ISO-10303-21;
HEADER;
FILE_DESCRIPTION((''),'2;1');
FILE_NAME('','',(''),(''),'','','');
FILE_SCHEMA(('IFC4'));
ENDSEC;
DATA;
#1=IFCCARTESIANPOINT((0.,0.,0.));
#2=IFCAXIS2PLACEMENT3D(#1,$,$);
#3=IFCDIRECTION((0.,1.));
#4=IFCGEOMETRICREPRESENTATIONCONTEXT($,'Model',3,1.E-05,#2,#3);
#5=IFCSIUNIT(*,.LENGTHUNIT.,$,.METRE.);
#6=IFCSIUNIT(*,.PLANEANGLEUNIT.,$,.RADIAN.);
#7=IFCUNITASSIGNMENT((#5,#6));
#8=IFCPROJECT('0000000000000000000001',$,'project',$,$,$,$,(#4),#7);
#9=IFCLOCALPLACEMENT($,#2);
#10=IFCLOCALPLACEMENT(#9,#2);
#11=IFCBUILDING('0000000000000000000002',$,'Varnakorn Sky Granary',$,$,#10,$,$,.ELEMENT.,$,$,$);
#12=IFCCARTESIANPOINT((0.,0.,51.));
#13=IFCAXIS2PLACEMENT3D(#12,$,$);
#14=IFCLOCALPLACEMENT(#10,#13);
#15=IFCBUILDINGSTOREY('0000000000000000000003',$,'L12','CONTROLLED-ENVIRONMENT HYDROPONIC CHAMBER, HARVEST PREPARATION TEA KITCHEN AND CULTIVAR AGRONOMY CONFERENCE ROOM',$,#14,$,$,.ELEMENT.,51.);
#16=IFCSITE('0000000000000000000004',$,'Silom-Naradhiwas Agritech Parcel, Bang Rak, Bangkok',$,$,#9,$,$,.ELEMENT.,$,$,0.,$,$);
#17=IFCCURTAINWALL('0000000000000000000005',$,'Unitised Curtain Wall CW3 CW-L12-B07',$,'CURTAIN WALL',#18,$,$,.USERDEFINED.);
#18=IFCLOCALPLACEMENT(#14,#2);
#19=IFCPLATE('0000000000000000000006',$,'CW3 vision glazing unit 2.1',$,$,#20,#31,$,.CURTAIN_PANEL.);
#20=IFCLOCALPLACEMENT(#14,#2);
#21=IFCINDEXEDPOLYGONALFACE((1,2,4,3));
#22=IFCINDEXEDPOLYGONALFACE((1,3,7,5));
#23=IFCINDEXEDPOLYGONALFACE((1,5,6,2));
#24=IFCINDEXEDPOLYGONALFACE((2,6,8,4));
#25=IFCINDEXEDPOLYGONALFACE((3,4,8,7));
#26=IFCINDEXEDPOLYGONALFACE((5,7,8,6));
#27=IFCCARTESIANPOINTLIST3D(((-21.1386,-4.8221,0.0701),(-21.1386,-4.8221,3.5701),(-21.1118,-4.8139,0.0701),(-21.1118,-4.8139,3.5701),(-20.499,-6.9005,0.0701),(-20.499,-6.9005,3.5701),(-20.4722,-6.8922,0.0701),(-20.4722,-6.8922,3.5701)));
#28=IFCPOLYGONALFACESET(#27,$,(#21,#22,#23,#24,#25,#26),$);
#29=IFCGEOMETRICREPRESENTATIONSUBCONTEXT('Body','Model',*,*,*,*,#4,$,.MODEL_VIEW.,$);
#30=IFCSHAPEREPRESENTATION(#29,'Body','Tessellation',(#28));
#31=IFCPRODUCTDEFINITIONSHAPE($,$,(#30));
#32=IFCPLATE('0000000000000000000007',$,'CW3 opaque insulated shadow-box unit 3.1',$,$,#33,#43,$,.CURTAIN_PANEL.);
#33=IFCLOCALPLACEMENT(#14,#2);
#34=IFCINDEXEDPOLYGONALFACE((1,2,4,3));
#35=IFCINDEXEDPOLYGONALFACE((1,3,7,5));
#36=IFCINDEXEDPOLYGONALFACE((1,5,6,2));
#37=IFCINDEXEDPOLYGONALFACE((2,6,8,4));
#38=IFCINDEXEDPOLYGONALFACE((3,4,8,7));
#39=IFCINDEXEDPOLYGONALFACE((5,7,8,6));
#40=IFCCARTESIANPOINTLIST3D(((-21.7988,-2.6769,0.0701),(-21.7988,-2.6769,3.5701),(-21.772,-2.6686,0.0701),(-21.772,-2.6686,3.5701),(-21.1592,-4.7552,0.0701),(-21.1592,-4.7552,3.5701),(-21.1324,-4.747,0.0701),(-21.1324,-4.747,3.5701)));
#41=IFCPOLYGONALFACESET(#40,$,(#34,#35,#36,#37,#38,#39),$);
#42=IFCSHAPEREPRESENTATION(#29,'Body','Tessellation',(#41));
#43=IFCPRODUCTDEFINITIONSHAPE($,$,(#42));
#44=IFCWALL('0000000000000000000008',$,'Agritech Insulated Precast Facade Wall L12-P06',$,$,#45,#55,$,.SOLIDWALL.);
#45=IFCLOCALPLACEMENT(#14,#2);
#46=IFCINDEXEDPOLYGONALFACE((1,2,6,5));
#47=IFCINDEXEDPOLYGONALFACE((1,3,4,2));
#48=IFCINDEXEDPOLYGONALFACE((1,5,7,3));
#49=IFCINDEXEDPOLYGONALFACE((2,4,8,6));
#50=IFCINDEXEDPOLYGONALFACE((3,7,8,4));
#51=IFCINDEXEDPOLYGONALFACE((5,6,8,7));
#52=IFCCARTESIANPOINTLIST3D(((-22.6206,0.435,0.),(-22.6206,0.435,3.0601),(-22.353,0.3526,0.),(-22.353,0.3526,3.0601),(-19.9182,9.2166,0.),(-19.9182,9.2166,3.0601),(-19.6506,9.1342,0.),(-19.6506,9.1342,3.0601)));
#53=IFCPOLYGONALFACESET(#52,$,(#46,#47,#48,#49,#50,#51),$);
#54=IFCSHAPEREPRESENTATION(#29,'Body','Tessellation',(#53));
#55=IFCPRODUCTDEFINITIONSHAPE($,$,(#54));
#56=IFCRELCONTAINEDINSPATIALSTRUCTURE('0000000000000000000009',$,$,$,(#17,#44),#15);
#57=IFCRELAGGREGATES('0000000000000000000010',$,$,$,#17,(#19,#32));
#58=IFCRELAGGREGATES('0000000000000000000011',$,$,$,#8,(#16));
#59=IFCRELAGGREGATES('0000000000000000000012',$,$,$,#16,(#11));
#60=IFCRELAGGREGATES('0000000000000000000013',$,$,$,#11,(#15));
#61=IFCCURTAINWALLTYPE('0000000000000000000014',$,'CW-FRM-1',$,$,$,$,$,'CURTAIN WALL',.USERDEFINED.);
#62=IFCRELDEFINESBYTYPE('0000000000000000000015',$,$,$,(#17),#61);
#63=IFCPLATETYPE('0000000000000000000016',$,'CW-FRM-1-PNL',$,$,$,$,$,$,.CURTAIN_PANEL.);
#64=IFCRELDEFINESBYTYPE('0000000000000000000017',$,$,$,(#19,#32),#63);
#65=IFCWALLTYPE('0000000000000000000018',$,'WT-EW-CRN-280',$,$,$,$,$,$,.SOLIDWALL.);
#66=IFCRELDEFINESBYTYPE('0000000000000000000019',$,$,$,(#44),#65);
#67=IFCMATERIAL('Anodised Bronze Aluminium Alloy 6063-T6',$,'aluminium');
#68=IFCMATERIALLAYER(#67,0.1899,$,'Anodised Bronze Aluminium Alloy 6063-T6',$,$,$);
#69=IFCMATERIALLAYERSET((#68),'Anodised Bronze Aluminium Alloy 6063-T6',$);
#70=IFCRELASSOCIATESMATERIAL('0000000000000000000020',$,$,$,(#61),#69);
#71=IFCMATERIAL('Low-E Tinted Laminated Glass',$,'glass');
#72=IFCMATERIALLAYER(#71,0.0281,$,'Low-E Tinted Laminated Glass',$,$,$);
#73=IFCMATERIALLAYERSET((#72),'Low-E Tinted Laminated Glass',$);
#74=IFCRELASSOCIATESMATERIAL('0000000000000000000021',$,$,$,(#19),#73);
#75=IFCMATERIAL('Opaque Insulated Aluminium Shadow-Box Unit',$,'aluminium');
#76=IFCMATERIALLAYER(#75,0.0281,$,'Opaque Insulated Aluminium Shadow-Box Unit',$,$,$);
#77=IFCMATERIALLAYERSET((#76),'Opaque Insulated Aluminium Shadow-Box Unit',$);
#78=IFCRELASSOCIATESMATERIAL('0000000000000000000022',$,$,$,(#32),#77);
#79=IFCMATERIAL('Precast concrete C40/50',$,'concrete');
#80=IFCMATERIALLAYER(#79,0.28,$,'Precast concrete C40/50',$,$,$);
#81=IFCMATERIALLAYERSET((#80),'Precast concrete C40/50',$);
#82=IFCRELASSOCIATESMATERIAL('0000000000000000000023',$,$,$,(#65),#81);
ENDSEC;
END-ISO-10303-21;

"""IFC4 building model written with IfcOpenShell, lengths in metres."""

from ifc_helpers import new_model, si_unit, direction, frame, frame_2d, origin, origin_2d, place, context, subcontext, project, spatial, rectangle, extrude, source, transform, mapped, material, layer, layer_set, type_object, element, aggregate, save


model = new_model("IFC4")

# Units and contexts
model_context = context("Model", 3, precision=1e-05, world=origin(), true_north=direction((0.0, 1.0)))
body_context = subcontext(model_context, "Body", "Model", "MODEL_VIEW")
ifc_project = project(units=[si_unit("LENGTHUNIT", "METRE"), si_unit("PLANEANGLEUNIT", "RADIAN")], contexts=[model_context])

# Site, building, storey
site_placement = place(None, origin())
site = spatial("IfcSite", under=ifc_project, at=site_placement, Name="Silom-Naradhiwas Agritech Parcel, Bang Rak, Bangkok", CompositionType="ELEMENT", RefElevation=0.0)
building_placement = place(site_placement, origin())
building = spatial("IfcBuilding", under=site, at=building_placement, Name="Varnakorn Sky Granary", CompositionType="ELEMENT")
storey_placement = place(building_placement, frame((0.0, 0.0, 51.0)))
storey = spatial("IfcBuildingStorey", under=building, at=storey_placement, Name="L12", Description="CONTROLLED-ENVIRONMENT HYDROPONIC CHAMBER, HARVEST PREPARATION TEA KITCHEN AND CULTIVAR AGRONOMY CONFERENCE ROOM", CompositionType="ELEMENT", Elevation=51.0)

# Curtain wall
ifc_material_1 = material(Name="Anodised Bronze Aluminium Alloy 6063-T6", Category="aluminium")
ifc_layer_1 = layer(ifc_material_1, 0.1899, Name="Anodised Bronze Aluminium Alloy 6063-T6")
ifc_layer_set_1 = layer_set([ifc_layer_1], Name="Anodised Bronze Aluminium Alloy 6063-T6")
curtain_wall_type = type_object("IfcCurtainWallType", Name="CW-FRM-1", ElementType="CURTAIN WALL", PredefinedType="USERDEFINED", material=ifc_layer_set_1)
curtain_wall_placement = place(storey_placement, origin())
curtain_wall = element("IfcCurtainWall", 1, at=curtain_wall_placement, inside=storey, type_object=curtain_wall_type, Name="Unitised Curtain Wall CW3 CW-L12-B07", ObjectType="CURTAIN WALL", PredefinedType="USERDEFINED")

# Plates
ifc_material_2 = material(Name="Low-E Tinted Laminated Glass", Category="glass")
ifc_layer_2 = layer(ifc_material_2, 0.0281, Name="Low-E Tinted Laminated Glass")
ifc_layer_set_2 = layer_set([ifc_layer_2], Name="Low-E Tinted Laminated Glass")
plate_type_1 = type_object("IfcPlateType", Name="CW-FRM-1-PNL", PredefinedType="CURTAIN_PANEL")
ifc_material_3 = material(Name="Opaque Insulated Aluminium Shadow-Box Unit", Category="aluminium")
ifc_layer_3 = layer(ifc_material_3, 0.0281, Name="Opaque Insulated Aluminium Shadow-Box Unit")
ifc_layer_set_3 = layer_set([ifc_layer_3], Name="Opaque Insulated Aluminium Shadow-Box Unit")
shared_shape_1 = source(origin(), body_context, "Body", "SweptSolid", [
    extrude(rectangle(XDim=2.1746, YDim=0.0281, at=origin_2d()), origin(), (0.0, 0.0, 1.0), 3.5),
])
plate_1_placement = place(storey_placement, frame((-20.8054, -5.8572, 0.0701), z_axis=(0.0, 0.0, 1.0), x_axis=(-0.294122, 0.955768, 0.0)))
plate_1 = element("IfcPlate", 2, at=plate_1_placement, type_object=plate_type_1, material=ifc_layer_set_2, Name="CW3 vision glazing unit 2.1", PredefinedType="CURTAIN_PANEL", context=body_context, shape_type="MappedRepresentation", body=[
    mapped(shared_shape_1, transform((0.0, 0.0, 0.0), x_axis=(1.0, 0.0, 0.0), y_axis=(0.0, 1.0, 0.0), z_axis=(0.0, 0.0, 1.0), scale=1.0)),
])
plate_2_placement = place(storey_placement, frame((-21.4656, -3.7119, 0.0701), z_axis=(0.0, 0.0, 1.0), x_axis=(-0.294122, 0.955768, 0.0)))
plate_2 = element("IfcPlate", 3, at=plate_2_placement, type_object=plate_type_1, material=ifc_layer_set_3, Name="CW3 opaque insulated shadow-box unit 3.1", PredefinedType="CURTAIN_PANEL", context=body_context, shape_type="MappedRepresentation", body=[
    mapped(shared_shape_1, transform((0.0, 0.0, 0.0), x_axis=(1.0, 0.0, 0.0), y_axis=(0.0, 1.0, 0.0), z_axis=(0.0, 0.0, 1.0), scale=1.0)),
])
aggregate(curtain_wall, [plate_1, plate_2])

# Wall
ifc_material_4 = material(Name="Precast concrete C40/50", Category="concrete")
ifc_layer_4 = layer(ifc_material_4, 0.28, Name="Precast concrete C40/50")
ifc_layer_set_4 = layer_set([ifc_layer_4], Name="Precast concrete C40/50")
wall_type = type_object("IfcWallType", Name="WT-EW-CRN-280", PredefinedType="SOLIDWALL", material=ifc_layer_set_4)
wall_placement = place(storey_placement, frame((-22.4868, 0.3938, 0.0), z_axis=(0.0, 0.0, 1.0), x_axis=(0.294125, 0.955767, 0.0)))
element("IfcWall", 4, at=wall_placement, inside=storey, type_object=wall_type, Name="Agritech Insulated Precast Facade Wall L12-P06", PredefinedType="SOLIDWALL", context=body_context, shape_type="SweptSolid", body=[
    extrude(rectangle(XDim=9.188, YDim=0.28, at=frame_2d((4.594, 0.0))), origin(), (0.0, 0.0, 1.0), 3.0601),
])

save(model, "model.ifc")
